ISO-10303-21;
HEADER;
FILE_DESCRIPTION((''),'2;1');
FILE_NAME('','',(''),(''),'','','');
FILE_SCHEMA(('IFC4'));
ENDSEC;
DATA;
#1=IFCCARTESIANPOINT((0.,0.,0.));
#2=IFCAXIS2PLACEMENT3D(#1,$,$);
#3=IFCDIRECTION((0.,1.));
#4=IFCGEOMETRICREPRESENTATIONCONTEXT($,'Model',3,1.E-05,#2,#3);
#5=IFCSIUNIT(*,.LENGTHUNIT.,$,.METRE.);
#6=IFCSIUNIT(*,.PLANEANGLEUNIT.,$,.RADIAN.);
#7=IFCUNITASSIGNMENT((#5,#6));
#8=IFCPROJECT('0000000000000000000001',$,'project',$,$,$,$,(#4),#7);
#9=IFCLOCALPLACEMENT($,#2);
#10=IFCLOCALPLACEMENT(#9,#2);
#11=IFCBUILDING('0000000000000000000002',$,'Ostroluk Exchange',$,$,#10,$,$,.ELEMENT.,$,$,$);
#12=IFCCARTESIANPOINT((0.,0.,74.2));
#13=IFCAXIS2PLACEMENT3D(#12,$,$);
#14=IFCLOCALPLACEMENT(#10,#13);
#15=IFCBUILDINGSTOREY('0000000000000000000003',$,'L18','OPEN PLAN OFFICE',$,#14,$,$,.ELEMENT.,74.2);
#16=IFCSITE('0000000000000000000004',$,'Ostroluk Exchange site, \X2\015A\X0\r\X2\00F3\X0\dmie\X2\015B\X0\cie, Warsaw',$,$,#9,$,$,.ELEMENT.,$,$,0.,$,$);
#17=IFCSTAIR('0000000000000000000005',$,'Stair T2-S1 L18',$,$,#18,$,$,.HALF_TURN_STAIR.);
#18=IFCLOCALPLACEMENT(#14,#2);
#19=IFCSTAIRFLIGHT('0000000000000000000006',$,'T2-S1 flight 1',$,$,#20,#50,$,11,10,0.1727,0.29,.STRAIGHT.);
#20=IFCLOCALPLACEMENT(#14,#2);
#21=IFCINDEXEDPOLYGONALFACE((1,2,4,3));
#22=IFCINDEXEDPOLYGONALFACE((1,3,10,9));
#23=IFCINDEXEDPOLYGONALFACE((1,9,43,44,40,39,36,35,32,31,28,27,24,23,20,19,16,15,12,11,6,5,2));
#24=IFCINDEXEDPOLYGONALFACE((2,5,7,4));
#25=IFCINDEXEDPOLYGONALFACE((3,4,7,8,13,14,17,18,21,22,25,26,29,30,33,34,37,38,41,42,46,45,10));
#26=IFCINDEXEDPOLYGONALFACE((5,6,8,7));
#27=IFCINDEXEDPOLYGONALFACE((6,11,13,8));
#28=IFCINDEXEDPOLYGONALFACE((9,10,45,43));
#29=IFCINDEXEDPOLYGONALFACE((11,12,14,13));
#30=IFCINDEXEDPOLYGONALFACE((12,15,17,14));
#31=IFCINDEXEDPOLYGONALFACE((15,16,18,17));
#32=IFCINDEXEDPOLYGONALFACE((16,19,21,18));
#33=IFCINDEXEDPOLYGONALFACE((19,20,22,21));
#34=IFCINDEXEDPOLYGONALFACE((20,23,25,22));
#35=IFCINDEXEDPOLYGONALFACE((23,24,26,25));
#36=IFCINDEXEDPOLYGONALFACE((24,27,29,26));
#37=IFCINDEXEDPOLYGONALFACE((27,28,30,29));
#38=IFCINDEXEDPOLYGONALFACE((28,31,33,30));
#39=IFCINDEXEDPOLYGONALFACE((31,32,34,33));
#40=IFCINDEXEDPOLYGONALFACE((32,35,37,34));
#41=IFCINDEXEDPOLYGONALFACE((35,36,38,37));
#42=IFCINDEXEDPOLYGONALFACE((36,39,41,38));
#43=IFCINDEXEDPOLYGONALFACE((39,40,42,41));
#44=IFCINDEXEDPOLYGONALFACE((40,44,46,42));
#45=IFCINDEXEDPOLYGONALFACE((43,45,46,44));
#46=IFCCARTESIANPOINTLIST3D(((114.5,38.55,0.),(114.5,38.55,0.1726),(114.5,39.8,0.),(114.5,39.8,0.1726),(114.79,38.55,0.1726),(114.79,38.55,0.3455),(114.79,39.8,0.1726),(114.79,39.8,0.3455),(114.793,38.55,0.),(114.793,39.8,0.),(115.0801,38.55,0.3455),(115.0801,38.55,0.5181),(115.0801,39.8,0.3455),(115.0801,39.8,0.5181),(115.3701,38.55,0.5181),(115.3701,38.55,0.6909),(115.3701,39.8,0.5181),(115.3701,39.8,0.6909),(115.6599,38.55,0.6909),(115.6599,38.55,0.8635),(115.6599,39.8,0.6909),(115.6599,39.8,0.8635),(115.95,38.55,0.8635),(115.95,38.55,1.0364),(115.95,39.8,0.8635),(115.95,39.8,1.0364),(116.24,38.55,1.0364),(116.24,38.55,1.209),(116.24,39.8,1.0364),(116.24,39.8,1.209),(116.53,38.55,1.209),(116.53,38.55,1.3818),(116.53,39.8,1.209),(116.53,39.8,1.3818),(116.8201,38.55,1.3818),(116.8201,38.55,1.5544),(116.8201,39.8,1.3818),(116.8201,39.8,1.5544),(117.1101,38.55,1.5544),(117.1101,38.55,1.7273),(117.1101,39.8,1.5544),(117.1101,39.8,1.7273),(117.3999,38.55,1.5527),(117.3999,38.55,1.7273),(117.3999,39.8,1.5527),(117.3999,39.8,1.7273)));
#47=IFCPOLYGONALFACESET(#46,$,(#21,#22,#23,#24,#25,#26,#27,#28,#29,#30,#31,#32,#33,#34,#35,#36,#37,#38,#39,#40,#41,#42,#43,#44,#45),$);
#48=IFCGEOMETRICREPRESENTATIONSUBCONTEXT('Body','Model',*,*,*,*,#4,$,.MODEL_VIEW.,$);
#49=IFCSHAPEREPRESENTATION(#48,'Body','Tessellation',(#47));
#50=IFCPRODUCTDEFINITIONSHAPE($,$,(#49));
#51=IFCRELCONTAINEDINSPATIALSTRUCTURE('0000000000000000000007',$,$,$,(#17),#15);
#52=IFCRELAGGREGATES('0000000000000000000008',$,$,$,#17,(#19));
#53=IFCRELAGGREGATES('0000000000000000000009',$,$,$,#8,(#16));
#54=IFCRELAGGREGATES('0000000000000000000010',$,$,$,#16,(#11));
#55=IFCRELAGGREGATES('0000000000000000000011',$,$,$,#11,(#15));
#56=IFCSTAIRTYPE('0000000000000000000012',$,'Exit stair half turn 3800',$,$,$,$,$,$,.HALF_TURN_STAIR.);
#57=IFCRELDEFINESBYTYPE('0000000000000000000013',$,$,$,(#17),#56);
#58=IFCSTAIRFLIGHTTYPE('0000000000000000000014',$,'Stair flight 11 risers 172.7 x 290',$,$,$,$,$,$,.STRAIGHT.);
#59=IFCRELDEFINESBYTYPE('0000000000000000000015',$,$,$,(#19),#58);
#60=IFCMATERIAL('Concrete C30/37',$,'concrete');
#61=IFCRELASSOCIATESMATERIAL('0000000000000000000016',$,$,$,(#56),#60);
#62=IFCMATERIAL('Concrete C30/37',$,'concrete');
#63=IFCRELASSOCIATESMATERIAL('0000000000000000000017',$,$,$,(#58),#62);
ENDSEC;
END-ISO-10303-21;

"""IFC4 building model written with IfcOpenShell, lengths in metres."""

from ifc_helpers import new_model, si_unit, direction, frame, origin, place, context, subcontext, project, spatial, polyline, outline, extrude, material, type_object, element, aggregate, save


model = new_model("IFC4")

# Units and contexts
model_context = context("Model", 3, precision=1e-05, world=origin(), true_north=direction((0.0, 1.0)))
body_context = subcontext(model_context, "Body", "Model", "MODEL_VIEW")
ifc_project = project(units=[si_unit("LENGTHUNIT", "METRE"), si_unit("PLANEANGLEUNIT", "RADIAN")], contexts=[model_context])

# Site, building, storey
site_placement = place(None, origin())
site = spatial("IfcSite", under=ifc_project, at=site_placement, Name="Ostroluk Exchange site, Śródmieście, Warsaw", CompositionType="ELEMENT", RefElevation=0.0)
building_placement = place(site_placement, origin())
building = spatial("IfcBuilding", under=site, at=building_placement, Name="Ostroluk Exchange", CompositionType="ELEMENT")
storey_placement = place(building_placement, frame((0.0, 0.0, 74.2)))
storey = spatial("IfcBuildingStorey", under=building, at=storey_placement, Name="L18", Description="OPEN PLAN OFFICE", CompositionType="ELEMENT", Elevation=74.2)

# Stair, stair flight
ifc_material_1 = material(Name="Concrete C30/37", Category="concrete")
stair_type = type_object("IfcStairType", Name="Exit stair half turn 3800", PredefinedType="HALF_TURN_STAIR", material=ifc_material_1)
stair_placement = place(storey_placement, origin())
stair = element("IfcStair", 1, at=stair_placement, inside=storey, type_object=stair_type, Name="Stair T2-S1 L18", PredefinedType="HALF_TURN_STAIR")
ifc_material_2 = material(Name="Concrete C30/37", Category="concrete")
stair_flight_type = type_object("IfcStairFlightType", Name="Stair flight 11 risers 172.7 x 290", PredefinedType="STRAIGHT", material=ifc_material_2)
stair_flight_placement = place(storey_placement, frame((114.5, 39.175, 0.0), z_axis=(0.0, 0.0, 1.0), x_axis=(1.0, 0.0, 0.0)))
stair_flight = element("IfcStairFlight", 2, at=stair_flight_placement, type_object=stair_flight_type, Name="T2-S1 flight 1", NumberOfRisers=11, NumberOfTreads=10, PredefinedType="STRAIGHT", RiserHeight=0.1727, TreadLength=0.29, context=body_context, shape_type="SweptSolid", body=[
    extrude(outline(polyline([(0.0, 0.0), (0.0, 0.1726), (0.29, 0.1726), (0.29, 0.3455), (0.5801, 0.3455), (0.5801, 0.5181), (0.8701, 0.5181), (0.8701, 0.6909), (1.1599, 0.6909), (1.1599, 0.8635), (1.45, 0.8635), (1.45, 1.0364), (1.74, 1.0364), (1.74, 1.209), (2.03, 1.209), (2.03, 1.3818), (2.3201, 1.3818), (2.3201, 1.5544), (2.6101, 1.5544), (2.6101, 1.7273), (2.8999, 1.7273), (2.8999, 1.8999), (2.8999, 1.5527), (0.293, 0.0), (0.0, 0.0)])), frame((0.0, 0.625, 0.0), z_axis=(0.0, -1.0, 0.0), x_axis=(1.0, 0.0, 0.0)), (0.0, 0.0, 1.0), 1.25),
])
aggregate(stair, [stair_flight])

save(model, "model.ifc")
